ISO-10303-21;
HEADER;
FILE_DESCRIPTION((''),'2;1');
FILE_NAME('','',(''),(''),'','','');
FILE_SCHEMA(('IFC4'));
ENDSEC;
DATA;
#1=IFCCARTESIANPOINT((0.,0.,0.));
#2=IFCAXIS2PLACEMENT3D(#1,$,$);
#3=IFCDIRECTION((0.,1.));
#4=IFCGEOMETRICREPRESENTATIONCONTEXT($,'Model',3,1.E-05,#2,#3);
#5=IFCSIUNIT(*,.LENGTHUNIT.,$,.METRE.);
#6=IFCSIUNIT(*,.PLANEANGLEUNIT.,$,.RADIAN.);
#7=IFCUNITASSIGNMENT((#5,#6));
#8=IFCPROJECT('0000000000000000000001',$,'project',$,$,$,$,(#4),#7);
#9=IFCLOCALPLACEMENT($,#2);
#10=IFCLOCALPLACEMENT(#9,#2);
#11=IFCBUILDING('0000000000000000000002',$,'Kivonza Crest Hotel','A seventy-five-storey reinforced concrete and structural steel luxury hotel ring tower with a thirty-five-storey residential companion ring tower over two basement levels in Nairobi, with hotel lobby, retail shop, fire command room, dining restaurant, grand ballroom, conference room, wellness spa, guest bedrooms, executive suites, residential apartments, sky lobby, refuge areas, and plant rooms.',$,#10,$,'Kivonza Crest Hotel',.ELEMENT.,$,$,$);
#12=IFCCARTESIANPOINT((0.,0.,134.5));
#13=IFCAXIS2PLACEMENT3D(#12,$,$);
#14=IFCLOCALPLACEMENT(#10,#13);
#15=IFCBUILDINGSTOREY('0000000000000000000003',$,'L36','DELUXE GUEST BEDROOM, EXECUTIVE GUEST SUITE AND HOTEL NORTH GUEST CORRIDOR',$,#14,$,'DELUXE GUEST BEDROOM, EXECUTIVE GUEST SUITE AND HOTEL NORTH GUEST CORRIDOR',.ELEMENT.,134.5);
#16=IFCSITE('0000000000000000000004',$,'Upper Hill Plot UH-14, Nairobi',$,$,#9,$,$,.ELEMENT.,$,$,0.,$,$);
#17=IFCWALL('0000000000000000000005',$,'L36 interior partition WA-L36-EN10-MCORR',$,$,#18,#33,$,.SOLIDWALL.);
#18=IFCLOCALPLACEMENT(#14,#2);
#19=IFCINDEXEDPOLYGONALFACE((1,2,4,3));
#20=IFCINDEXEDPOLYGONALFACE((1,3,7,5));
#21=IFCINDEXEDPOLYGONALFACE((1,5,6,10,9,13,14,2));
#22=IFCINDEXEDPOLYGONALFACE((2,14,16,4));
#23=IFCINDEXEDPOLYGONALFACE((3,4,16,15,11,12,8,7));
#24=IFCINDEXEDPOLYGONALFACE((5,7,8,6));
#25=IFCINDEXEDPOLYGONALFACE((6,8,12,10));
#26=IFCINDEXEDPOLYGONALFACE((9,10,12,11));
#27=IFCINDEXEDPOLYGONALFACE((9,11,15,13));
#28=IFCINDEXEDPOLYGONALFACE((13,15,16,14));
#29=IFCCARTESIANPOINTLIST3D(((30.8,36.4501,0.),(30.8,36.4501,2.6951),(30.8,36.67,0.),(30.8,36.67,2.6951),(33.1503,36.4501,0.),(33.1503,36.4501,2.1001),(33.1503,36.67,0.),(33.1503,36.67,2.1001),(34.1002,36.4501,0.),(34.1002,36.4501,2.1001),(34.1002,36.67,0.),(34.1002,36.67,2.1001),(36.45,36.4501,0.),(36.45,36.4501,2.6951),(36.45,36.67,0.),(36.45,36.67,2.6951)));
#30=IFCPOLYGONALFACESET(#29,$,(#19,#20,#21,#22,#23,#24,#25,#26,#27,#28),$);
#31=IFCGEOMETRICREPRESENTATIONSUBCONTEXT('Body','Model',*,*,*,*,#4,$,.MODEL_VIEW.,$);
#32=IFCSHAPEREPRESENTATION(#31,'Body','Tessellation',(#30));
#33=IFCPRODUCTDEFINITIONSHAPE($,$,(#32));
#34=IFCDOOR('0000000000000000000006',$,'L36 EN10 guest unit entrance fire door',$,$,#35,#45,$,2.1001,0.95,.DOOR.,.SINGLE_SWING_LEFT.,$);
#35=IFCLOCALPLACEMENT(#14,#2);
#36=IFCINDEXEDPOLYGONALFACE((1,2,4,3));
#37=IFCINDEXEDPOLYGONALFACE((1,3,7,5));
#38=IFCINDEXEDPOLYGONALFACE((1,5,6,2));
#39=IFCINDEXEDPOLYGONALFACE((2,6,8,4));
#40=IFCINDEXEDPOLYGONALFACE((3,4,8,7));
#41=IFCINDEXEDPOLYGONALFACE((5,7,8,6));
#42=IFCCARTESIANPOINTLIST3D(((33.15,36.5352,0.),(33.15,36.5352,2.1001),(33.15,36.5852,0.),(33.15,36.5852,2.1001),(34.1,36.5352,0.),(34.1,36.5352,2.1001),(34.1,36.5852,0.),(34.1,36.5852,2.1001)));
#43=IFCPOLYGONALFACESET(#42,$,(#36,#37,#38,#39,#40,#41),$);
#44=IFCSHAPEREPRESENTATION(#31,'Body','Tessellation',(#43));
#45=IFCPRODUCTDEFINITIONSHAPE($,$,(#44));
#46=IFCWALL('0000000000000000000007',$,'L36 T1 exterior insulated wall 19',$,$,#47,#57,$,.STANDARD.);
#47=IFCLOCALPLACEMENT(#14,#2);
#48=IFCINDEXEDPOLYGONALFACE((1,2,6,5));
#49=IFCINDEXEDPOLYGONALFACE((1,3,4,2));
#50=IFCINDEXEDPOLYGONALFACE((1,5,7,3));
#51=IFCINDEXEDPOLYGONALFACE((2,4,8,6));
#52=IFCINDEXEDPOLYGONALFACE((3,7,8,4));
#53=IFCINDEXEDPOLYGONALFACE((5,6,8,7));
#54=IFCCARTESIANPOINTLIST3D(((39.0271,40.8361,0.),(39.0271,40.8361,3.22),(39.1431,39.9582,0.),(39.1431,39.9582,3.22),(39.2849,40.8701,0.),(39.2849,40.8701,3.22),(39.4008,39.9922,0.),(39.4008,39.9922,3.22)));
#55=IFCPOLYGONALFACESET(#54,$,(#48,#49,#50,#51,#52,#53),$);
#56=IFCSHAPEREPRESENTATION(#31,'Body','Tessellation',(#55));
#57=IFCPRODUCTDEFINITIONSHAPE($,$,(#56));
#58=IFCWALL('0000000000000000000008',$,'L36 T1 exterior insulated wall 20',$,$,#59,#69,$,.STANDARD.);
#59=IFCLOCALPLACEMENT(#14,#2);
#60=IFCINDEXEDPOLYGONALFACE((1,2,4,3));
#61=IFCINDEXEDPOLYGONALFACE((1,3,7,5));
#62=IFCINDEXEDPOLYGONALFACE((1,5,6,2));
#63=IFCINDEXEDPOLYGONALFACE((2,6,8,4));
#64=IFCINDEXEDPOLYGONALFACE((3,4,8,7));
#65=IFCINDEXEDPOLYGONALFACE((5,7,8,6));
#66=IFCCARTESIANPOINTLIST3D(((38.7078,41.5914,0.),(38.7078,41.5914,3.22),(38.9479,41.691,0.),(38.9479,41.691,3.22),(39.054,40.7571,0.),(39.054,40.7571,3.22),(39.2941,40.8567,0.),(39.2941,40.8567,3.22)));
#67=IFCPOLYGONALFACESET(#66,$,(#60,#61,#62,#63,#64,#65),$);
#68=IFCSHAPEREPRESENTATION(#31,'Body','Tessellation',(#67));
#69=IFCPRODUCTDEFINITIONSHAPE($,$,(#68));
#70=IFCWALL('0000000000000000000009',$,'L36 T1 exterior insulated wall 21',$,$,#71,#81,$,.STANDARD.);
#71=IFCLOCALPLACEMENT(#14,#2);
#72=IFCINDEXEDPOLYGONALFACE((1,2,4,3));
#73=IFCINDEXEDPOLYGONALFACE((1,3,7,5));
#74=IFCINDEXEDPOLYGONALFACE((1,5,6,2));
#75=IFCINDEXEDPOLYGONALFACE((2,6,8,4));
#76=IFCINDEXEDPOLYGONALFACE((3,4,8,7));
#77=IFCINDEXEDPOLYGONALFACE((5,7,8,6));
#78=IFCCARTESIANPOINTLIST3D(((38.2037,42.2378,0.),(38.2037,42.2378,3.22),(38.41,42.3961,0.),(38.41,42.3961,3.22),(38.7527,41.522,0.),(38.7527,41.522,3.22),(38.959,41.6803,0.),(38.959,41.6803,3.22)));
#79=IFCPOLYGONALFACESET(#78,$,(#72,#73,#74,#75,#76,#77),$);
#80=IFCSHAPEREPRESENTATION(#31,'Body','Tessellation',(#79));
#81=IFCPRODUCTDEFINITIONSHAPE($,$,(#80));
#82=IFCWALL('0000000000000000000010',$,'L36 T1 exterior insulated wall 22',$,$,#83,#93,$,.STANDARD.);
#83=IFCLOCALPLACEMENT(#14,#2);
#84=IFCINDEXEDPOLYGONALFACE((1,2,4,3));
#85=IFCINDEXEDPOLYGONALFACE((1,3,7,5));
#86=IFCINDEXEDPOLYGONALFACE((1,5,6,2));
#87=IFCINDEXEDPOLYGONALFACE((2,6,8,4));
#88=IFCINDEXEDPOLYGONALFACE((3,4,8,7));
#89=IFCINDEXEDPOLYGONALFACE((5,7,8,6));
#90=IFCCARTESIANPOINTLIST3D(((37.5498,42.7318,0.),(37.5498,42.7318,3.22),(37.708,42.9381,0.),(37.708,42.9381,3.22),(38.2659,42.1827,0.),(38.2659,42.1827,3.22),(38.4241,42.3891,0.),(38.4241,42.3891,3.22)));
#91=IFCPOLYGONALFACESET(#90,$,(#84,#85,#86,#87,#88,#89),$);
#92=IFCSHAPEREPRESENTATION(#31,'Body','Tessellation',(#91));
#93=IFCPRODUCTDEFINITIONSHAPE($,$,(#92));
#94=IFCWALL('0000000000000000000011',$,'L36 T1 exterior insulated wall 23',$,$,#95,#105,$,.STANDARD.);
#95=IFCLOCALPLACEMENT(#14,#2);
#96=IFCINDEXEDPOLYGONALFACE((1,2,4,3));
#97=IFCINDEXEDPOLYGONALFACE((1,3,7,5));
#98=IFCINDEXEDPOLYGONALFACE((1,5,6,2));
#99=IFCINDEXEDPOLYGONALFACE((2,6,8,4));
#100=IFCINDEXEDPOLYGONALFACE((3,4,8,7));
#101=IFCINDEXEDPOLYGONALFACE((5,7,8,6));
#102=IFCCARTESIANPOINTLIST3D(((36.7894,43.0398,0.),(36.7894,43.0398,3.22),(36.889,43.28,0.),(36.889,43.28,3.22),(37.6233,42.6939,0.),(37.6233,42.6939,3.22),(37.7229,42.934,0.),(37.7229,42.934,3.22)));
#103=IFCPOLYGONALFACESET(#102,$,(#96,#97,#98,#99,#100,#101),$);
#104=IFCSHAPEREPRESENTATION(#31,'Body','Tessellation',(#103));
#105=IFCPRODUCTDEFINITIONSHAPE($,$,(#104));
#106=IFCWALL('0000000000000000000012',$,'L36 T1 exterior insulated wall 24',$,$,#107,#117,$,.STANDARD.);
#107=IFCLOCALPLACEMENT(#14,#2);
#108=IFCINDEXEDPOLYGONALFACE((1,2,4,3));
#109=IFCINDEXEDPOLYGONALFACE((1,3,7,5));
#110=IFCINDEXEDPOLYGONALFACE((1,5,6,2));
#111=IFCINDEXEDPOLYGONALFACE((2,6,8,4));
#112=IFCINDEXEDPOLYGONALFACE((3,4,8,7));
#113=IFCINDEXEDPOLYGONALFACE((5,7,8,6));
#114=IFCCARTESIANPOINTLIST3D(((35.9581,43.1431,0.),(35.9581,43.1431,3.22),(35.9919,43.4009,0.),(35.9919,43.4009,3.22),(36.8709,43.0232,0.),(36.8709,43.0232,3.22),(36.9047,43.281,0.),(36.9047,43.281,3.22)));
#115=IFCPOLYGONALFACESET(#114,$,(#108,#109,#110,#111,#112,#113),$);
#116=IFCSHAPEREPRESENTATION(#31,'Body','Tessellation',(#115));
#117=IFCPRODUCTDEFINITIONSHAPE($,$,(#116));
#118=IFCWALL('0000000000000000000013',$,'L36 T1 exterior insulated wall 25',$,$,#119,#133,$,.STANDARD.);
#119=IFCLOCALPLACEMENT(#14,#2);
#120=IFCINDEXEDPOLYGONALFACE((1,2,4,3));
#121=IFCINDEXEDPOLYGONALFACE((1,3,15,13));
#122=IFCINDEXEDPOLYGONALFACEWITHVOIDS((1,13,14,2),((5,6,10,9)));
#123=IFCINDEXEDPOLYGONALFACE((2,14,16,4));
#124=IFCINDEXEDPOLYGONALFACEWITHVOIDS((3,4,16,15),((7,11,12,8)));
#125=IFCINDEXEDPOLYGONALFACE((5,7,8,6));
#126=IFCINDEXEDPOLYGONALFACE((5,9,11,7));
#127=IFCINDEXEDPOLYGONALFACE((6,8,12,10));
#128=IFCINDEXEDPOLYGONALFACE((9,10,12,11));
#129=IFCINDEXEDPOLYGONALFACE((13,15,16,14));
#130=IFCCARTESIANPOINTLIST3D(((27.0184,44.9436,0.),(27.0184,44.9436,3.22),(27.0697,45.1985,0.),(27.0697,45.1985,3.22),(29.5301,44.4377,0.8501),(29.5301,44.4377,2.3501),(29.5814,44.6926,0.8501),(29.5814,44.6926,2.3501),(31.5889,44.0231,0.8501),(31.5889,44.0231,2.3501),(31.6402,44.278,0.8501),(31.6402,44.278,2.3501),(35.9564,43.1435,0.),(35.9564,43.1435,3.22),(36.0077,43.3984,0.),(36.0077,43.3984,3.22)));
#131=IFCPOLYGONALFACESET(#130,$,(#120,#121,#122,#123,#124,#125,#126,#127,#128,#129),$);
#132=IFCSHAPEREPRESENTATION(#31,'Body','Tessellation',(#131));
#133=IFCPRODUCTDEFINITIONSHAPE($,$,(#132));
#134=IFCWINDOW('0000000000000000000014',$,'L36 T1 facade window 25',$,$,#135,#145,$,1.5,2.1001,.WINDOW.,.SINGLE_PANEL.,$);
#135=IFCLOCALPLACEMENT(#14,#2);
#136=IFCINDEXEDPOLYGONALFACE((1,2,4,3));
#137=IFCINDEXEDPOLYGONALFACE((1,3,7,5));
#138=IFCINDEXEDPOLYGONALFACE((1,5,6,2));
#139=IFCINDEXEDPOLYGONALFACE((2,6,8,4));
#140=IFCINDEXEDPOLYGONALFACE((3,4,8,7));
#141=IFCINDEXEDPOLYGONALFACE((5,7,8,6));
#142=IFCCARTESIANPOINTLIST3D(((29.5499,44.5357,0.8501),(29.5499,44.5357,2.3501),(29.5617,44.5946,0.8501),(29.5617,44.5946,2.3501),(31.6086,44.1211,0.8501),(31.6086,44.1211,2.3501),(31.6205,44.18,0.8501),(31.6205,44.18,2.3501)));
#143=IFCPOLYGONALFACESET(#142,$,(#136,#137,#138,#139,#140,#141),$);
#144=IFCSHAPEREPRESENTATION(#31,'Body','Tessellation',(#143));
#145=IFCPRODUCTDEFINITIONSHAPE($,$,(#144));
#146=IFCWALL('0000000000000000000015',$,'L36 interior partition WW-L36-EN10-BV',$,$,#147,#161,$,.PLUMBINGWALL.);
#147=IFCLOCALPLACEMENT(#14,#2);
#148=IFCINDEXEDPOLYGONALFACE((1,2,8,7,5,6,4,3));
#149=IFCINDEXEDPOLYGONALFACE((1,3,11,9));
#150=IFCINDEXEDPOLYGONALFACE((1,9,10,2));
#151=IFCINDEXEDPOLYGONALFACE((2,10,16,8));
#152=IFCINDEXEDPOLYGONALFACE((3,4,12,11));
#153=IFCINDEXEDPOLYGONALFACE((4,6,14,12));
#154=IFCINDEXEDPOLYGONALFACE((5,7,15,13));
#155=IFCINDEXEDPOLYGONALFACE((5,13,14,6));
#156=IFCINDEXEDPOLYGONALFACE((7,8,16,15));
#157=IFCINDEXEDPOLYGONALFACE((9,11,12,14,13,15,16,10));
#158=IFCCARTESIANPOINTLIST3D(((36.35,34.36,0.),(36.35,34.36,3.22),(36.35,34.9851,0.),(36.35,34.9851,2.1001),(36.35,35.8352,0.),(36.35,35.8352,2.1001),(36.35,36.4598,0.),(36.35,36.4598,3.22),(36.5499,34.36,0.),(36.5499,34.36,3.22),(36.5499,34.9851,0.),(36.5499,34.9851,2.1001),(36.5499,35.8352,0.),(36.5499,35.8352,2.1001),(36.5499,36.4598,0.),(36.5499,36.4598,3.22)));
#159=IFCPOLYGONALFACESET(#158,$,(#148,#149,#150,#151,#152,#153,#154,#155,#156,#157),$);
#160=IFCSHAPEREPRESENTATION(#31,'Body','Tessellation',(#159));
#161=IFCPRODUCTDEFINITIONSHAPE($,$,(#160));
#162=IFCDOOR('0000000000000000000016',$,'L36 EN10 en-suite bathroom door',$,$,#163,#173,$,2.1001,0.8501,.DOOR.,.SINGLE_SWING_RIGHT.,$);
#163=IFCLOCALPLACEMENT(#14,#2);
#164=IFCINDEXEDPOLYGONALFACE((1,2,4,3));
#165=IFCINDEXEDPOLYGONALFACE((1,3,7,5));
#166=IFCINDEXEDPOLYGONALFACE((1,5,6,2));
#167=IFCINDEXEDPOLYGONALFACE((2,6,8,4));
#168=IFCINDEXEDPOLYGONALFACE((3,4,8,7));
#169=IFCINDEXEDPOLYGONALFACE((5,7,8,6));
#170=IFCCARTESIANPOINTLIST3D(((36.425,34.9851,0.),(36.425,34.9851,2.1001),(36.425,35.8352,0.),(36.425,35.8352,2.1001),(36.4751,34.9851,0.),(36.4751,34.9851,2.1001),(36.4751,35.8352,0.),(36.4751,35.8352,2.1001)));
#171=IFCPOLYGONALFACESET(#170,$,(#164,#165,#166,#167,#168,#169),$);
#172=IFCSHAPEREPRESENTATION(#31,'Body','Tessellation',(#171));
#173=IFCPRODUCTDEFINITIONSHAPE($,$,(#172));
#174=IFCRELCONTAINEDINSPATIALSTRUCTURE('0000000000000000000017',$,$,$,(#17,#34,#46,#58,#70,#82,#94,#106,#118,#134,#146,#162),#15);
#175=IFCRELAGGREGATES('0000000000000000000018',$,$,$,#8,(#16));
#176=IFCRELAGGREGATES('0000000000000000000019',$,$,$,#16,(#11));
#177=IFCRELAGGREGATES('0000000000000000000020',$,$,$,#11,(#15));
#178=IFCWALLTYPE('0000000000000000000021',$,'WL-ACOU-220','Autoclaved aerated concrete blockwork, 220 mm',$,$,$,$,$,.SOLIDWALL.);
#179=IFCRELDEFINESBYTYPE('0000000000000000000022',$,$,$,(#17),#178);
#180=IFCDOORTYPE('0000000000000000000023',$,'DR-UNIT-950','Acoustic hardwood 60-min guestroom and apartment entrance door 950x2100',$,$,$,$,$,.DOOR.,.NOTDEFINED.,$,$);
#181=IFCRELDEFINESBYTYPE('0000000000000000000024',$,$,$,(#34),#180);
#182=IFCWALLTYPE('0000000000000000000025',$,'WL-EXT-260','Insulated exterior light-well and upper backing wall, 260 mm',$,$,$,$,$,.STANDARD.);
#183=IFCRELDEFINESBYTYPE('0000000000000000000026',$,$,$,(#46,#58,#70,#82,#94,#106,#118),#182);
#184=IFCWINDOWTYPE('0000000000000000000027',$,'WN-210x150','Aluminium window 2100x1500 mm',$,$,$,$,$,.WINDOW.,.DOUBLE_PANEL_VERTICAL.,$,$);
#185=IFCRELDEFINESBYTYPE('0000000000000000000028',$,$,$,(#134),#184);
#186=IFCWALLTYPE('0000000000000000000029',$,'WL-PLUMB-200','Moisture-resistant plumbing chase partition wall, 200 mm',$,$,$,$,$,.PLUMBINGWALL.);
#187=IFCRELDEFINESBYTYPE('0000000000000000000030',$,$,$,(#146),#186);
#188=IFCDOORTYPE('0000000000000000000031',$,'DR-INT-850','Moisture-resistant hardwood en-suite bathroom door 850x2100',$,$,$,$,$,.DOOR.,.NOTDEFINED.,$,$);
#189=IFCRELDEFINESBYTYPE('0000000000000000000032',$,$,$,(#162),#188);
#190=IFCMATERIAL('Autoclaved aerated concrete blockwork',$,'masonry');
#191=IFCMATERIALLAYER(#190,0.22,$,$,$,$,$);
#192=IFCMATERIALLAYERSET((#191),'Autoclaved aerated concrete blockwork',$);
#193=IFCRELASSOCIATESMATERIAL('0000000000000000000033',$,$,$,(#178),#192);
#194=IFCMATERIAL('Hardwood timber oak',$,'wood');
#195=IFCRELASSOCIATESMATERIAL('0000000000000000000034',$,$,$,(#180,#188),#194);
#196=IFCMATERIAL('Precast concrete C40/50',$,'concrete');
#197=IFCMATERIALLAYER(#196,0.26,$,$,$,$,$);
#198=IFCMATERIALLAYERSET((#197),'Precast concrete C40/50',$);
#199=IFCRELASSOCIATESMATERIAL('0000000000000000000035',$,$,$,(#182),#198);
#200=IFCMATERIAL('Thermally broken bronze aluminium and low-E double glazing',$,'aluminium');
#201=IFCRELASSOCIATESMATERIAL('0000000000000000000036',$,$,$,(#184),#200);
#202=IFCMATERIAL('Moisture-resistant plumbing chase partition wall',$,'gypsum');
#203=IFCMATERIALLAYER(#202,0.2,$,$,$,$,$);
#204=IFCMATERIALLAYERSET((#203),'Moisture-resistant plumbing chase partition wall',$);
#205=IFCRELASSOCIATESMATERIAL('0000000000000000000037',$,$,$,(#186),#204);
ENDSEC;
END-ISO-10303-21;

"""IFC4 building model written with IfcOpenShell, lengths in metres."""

from ifc_helpers import new_model, si_unit, direction, frame, frame_2d, origin, place, context, subcontext, project, spatial, rectangle, extrude, material, layer, layer_set, type_object, element, fill, save


model = new_model("IFC4")

# Units and contexts
model_context = context("Model", 3, precision=1e-05, world=origin(), true_north=direction((0.0, 1.0)))
body_context = subcontext(model_context, "Body", "Model", "MODEL_VIEW")
ifc_project = project(units=[si_unit("LENGTHUNIT", "METRE"), si_unit("PLANEANGLEUNIT", "RADIAN")], contexts=[model_context])

# Site, building, storey
site_placement = place(None, origin())
site = spatial("IfcSite", under=ifc_project, at=site_placement, Name="Upper Hill Plot UH-14, Nairobi", CompositionType="ELEMENT", RefElevation=0.0)
building_placement = place(site_placement, origin())
building = spatial("IfcBuilding", under=site, at=building_placement, Name="Kivonza Crest Hotel", Description="A seventy-five-storey reinforced concrete and structural steel luxury hotel ring tower with a thirty-five-storey residential companion ring tower over two basement levels in Nairobi, with hotel lobby, retail shop, fire command room, dining restaurant, grand ballroom, conference room, wellness spa, guest bedrooms, executive suites, residential apartments, sky lobby, refuge areas, and plant rooms.", LongName="Kivonza Crest Hotel", CompositionType="ELEMENT")
storey_placement = place(building_placement, frame((0.0, 0.0, 134.5)))
storey = spatial("IfcBuildingStorey", under=building, at=storey_placement, Name="L36", Description="DELUXE GUEST BEDROOM, EXECUTIVE GUEST SUITE AND HOTEL NORTH GUEST CORRIDOR", LongName="DELUXE GUEST BEDROOM, EXECUTIVE GUEST SUITE AND HOTEL NORTH GUEST CORRIDOR", CompositionType="ELEMENT", Elevation=134.5)

# Shared definitions
ifc_material_1 = material(Name="Autoclaved aerated concrete blockwork", Category="masonry")
ifc_layer_1 = layer(ifc_material_1, 0.22)
ifc_layer_set_1 = layer_set([ifc_layer_1], Name="Autoclaved aerated concrete blockwork")
wall_type_1 = type_object("IfcWallType", Name="WL-ACOU-220", Description="Autoclaved aerated concrete blockwork, 220 mm", PredefinedType="SOLIDWALL", material=ifc_layer_set_1)
ifc_material_2 = material(Name="Hardwood timber oak", Category="wood")

# Wall, opening, door
wall_1_placement = place(storey_placement, frame((30.8, 36.5601, 0.0), z_axis=(0.0, 0.0, 1.0), x_axis=(1.0, 0.0, 0.0)))
wall_1 = element("IfcWall", 1, at=wall_1_placement, inside=storey, type_object=wall_type_1, Name="L36 interior partition WA-L36-EN10-MCORR", PredefinedType="SOLIDWALL", context=body_context, shape_type="SweptSolid", body=[
    extrude(rectangle(XDim=5.6499, YDim=0.22, at=frame_2d((2.825, 0.0))), origin(), (0.0, 0.0, 1.0), 2.6951),
])
opening_1_placement = place(wall_1_placement, frame((2.3501, 0.0, 0.0)))
opening_1 = element("IfcOpeningElement", 2, at=opening_1_placement, cuts=wall_1, PredefinedType="OPENING", context=body_context, shape_type="SweptSolid", body=[
    extrude(rectangle(XDim=0.95, YDim=2.1001, at=frame_2d((0.4751, 1.05))), frame((0.0, 0.1201, 0.0), z_axis=(0.0, -1.0, 0.0), x_axis=(1.0, 0.0, 0.0)), (0.0, 0.0, 1.0), 0.24),
])
door_type_1 = type_object("IfcDoorType", Name="DR-UNIT-950", Description="Acoustic hardwood 60-min guestroom and apartment entrance door 950x2100", OperationType="NOTDEFINED", PredefinedType="DOOR", material=ifc_material_2)
door_1_placement = place(opening_1_placement, frame((0.95, 0.0, 0.0), z_axis=(0.0, 0.0, 1.0), x_axis=(-1.0, 0.0, 0.0)))
door_1 = element("IfcDoor", 3, at=door_1_placement, inside=storey, type_object=door_type_1, Name="L36 EN10 guest unit entrance fire door", OperationType="SINGLE_SWING_LEFT", OverallHeight=2.1001, OverallWidth=0.95, PredefinedType="DOOR", context=body_context, shape_type="SweptSolid", body=[
    extrude(rectangle(XDim=0.95, YDim=2.1001, at=frame_2d((0.4751, 1.05))), frame((0.0, 0.0249, 0.0), z_axis=(0.0, -1.0, 0.0), x_axis=(1.0, 0.0, 0.0)), (0.0, 0.0, 1.0), 0.05),
])
fill(opening_1, door_1)

# Walls
ifc_material_3 = material(Name="Precast concrete C40/50", Category="concrete")
ifc_layer_2 = layer(ifc_material_3, 0.26)
ifc_layer_set_2 = layer_set([ifc_layer_2], Name="Precast concrete C40/50")
wall_type_2 = type_object("IfcWallType", Name="WL-EXT-260", Description="Insulated exterior light-well and upper backing wall, 260 mm", PredefinedType="STANDARD", material=ifc_layer_set_2)
wall_2_placement = place(storey_placement, frame((39.272, 39.9751, 0.0), z_axis=(0.0, 0.0, 1.0), x_axis=(-0.130954, 0.991388, 0.0)))
element("IfcWall", 4, at=wall_2_placement, inside=storey, type_object=wall_type_2, Name="L36 T1 exterior insulated wall 19", PredefinedType="STANDARD", context=body_context, shape_type="SweptSolid", body=[
    extrude(rectangle(XDim=0.8855, YDim=0.26, at=frame_2d((0.4429, 0.0))), origin(), (0.0, 0.0, 1.0), 3.22),
])
wall_3_placement = place(storey_placement, frame((39.1741, 40.8069, 0.0), z_axis=(0.0, 0.0, 1.0), x_axis=(-0.383291, 0.923628, 0.0)))
element("IfcWall", 5, at=wall_3_placement, inside=storey, type_object=wall_type_2, Name="L36 T1 exterior insulated wall 20", PredefinedType="STANDARD", context=body_context, shape_type="SweptSolid", body=[
    extrude(rectangle(XDim=0.9033, YDim=0.26, at=frame_2d((0.4517, 0.0))), origin(), (0.0, 0.0, 1.0), 3.22),
])
wall_4_placement = place(storey_placement, frame((38.856, 41.6011, 0.0), z_axis=(0.0, 0.0, 1.0), x_axis=(-0.608625, 0.793458, 0.0)))
element("IfcWall", 6, at=wall_4_placement, inside=storey, type_object=wall_type_2, Name="L36 T1 exterior insulated wall 21", PredefinedType="STANDARD", context=body_context, shape_type="SweptSolid", body=[
    extrude(rectangle(XDim=0.9021, YDim=0.26, at=frame_2d((0.4512, 0.0))), origin(), (0.0, 0.0, 1.0), 3.22),
])
wall_5_placement = place(storey_placement, frame((38.345, 42.2859, 0.0), z_axis=(0.0, 0.0, 1.0), x_axis=(-0.793558, 0.608494, 0.0)))
element("IfcWall", 7, at=wall_5_placement, inside=storey, type_object=wall_type_2, Name="L36 T1 exterior insulated wall 22", PredefinedType="STANDARD", context=body_context, shape_type="SweptSolid", body=[
    extrude(rectangle(XDim=0.9023, YDim=0.26, at=frame_2d((0.4512, 0.0))), origin(), (0.0, 0.0, 1.0), 3.22),
])
wall_6_placement = place(storey_placement, frame((37.6731, 42.814, 0.0), z_axis=(0.0, 0.0, 1.0), x_axis=(-0.923684, 0.383156, 0.0)))
element("IfcWall", 8, at=wall_6_placement, inside=storey, type_object=wall_type_2, Name="L36 T1 exterior insulated wall 23", PredefinedType="STANDARD", context=body_context, shape_type="SweptSolid", body=[
    extrude(rectangle(XDim=0.9028, YDim=0.26, at=frame_2d((0.4514, 0.0))), origin(), (0.0, 0.0, 1.0), 3.22),
])
wall_7_placement = place(storey_placement, frame((36.8879, 43.1521, 0.0), z_axis=(0.0, 0.0, 1.0), x_axis=(-0.991488, 0.130201, 0.0)))
element("IfcWall", 9, at=wall_7_placement, inside=storey, type_object=wall_type_2, Name="L36 T1 exterior insulated wall 24", PredefinedType="STANDARD", context=body_context, shape_type="SweptSolid", body=[
    extrude(rectangle(XDim=0.9207, YDim=0.26, at=frame_2d((0.4604, 0.0))), origin(), (0.0, 0.0, 1.0), 3.22),
])

# Wall, opening, window
wall_8_placement = place(storey_placement, frame((35.9819, 43.271, 0.0), z_axis=(0.0, 0.0, 1.0), x_axis=(-0.980317, 0.197429, 0.0)))
wall_8 = element("IfcWall", 10, at=wall_8_placement, inside=storey, type_object=wall_type_2, Name="L36 T1 exterior insulated wall 25", PredefinedType="STANDARD", context=body_context, shape_type="SweptSolid", body=[
    extrude(rectangle(XDim=9.1174, YDim=0.26, at=frame_2d((4.5586, 0.0))), origin(), (0.0, 0.0, 1.0), 3.22),
])
opening_2_placement = place(wall_8_placement, frame((4.4551, 0.0, 0.8501)))
opening_2 = element("IfcOpeningElement", 11, at=opening_2_placement, cuts=wall_8, PredefinedType="OPENING", context=body_context, shape_type="SweptSolid", body=[
    extrude(rectangle(XDim=2.1001, YDim=1.5, at=frame_2d((1.05, 0.75))), frame((0.0, 0.1401, 0.0), z_axis=(0.0, -1.0, 0.0), x_axis=(1.0, 0.0, 0.0)), (0.0, 0.0, 1.0), 0.28),
])
ifc_material_4 = material(Name="Thermally broken bronze aluminium and low-E double glazing", Category="aluminium")
window_type = type_object("IfcWindowType", Name="WN-210x150", Description="Aluminium window 2100x1500 mm", PartitioningType="DOUBLE_PANEL_VERTICAL", PredefinedType="WINDOW", material=ifc_material_4)
window_placement = place(opening_2_placement, origin())
window = element("IfcWindow", 12, at=window_placement, inside=storey, type_object=window_type, Name="L36 T1 facade window 25", OverallHeight=1.5, OverallWidth=2.1001, PartitioningType="SINGLE_PANEL", PredefinedType="WINDOW", context=body_context, shape_type="SweptSolid", body=[
    extrude(rectangle(XDim=2.1001, YDim=1.5, at=frame_2d((1.05, 0.75))), frame((0.0, 0.03, 0.0), z_axis=(0.0, -1.0, 0.0), x_axis=(1.0, 0.0, 0.0)), (0.0, 0.0, 1.0), 0.0601),
])
fill(opening_2, window)

# Wall, opening, door
ifc_material_5 = material(Name="Moisture-resistant plumbing chase partition wall", Category="gypsum")
ifc_layer_3 = layer(ifc_material_5, 0.2)
ifc_layer_set_3 = layer_set([ifc_layer_3], Name="Moisture-resistant plumbing chase partition wall")
wall_type_3 = type_object("IfcWallType", Name="WL-PLUMB-200", Description="Moisture-resistant plumbing chase partition wall, 200 mm", PredefinedType="PLUMBINGWALL", material=ifc_layer_set_3)
wall_9_placement = place(storey_placement, frame((36.45, 34.3601, 0.0), z_axis=(0.0, 0.0, 1.0), x_axis=(0.0, 1.0, 0.0)))
wall_9 = element("IfcWall", 13, at=wall_9_placement, inside=storey, type_object=wall_type_3, Name="L36 interior partition WW-L36-EN10-BV", PredefinedType="PLUMBINGWALL", context=body_context, shape_type="SweptSolid", body=[
    extrude(rectangle(XDim=2.0999, YDim=0.2, at=frame_2d((1.0498, 0.0))), origin(), (0.0, 0.0, 1.0), 3.22),
])
opening_3_placement = place(wall_9_placement, frame((0.625, 0.0, 0.0)))
opening_3 = element("IfcOpeningElement", 14, at=opening_3_placement, cuts=wall_9, PredefinedType="OPENING", context=body_context, shape_type="SweptSolid", body=[
    extrude(rectangle(XDim=0.8501, YDim=2.1001, at=frame_2d((0.425, 1.05))), frame((0.0, 0.1099, 0.0), z_axis=(0.0, -1.0, 0.0), x_axis=(1.0, 0.0, 0.0)), (0.0, 0.0, 1.0), 0.22),
])
door_type_2 = type_object("IfcDoorType", Name="DR-INT-850", Description="Moisture-resistant hardwood en-suite bathroom door 850x2100", OperationType="NOTDEFINED", PredefinedType="DOOR", material=ifc_material_2)
door_2_placement = place(opening_3_placement, origin())
door_2 = element("IfcDoor", 15, at=door_2_placement, inside=storey, type_object=door_type_2, Name="L36 EN10 en-suite bathroom door", OperationType="SINGLE_SWING_RIGHT", OverallHeight=2.1001, OverallWidth=0.8501, PredefinedType="DOOR", context=body_context, shape_type="SweptSolid", body=[
    extrude(rectangle(XDim=0.8501, YDim=2.1001, at=frame_2d((0.425, 1.05))), frame((0.0, 0.0249, 0.0), z_axis=(0.0, -1.0, 0.0), x_axis=(1.0, 0.0, 0.0)), (0.0, 0.0, 1.0), 0.05),
])
fill(opening_3, door_2)

save(model, "model.ifc")
